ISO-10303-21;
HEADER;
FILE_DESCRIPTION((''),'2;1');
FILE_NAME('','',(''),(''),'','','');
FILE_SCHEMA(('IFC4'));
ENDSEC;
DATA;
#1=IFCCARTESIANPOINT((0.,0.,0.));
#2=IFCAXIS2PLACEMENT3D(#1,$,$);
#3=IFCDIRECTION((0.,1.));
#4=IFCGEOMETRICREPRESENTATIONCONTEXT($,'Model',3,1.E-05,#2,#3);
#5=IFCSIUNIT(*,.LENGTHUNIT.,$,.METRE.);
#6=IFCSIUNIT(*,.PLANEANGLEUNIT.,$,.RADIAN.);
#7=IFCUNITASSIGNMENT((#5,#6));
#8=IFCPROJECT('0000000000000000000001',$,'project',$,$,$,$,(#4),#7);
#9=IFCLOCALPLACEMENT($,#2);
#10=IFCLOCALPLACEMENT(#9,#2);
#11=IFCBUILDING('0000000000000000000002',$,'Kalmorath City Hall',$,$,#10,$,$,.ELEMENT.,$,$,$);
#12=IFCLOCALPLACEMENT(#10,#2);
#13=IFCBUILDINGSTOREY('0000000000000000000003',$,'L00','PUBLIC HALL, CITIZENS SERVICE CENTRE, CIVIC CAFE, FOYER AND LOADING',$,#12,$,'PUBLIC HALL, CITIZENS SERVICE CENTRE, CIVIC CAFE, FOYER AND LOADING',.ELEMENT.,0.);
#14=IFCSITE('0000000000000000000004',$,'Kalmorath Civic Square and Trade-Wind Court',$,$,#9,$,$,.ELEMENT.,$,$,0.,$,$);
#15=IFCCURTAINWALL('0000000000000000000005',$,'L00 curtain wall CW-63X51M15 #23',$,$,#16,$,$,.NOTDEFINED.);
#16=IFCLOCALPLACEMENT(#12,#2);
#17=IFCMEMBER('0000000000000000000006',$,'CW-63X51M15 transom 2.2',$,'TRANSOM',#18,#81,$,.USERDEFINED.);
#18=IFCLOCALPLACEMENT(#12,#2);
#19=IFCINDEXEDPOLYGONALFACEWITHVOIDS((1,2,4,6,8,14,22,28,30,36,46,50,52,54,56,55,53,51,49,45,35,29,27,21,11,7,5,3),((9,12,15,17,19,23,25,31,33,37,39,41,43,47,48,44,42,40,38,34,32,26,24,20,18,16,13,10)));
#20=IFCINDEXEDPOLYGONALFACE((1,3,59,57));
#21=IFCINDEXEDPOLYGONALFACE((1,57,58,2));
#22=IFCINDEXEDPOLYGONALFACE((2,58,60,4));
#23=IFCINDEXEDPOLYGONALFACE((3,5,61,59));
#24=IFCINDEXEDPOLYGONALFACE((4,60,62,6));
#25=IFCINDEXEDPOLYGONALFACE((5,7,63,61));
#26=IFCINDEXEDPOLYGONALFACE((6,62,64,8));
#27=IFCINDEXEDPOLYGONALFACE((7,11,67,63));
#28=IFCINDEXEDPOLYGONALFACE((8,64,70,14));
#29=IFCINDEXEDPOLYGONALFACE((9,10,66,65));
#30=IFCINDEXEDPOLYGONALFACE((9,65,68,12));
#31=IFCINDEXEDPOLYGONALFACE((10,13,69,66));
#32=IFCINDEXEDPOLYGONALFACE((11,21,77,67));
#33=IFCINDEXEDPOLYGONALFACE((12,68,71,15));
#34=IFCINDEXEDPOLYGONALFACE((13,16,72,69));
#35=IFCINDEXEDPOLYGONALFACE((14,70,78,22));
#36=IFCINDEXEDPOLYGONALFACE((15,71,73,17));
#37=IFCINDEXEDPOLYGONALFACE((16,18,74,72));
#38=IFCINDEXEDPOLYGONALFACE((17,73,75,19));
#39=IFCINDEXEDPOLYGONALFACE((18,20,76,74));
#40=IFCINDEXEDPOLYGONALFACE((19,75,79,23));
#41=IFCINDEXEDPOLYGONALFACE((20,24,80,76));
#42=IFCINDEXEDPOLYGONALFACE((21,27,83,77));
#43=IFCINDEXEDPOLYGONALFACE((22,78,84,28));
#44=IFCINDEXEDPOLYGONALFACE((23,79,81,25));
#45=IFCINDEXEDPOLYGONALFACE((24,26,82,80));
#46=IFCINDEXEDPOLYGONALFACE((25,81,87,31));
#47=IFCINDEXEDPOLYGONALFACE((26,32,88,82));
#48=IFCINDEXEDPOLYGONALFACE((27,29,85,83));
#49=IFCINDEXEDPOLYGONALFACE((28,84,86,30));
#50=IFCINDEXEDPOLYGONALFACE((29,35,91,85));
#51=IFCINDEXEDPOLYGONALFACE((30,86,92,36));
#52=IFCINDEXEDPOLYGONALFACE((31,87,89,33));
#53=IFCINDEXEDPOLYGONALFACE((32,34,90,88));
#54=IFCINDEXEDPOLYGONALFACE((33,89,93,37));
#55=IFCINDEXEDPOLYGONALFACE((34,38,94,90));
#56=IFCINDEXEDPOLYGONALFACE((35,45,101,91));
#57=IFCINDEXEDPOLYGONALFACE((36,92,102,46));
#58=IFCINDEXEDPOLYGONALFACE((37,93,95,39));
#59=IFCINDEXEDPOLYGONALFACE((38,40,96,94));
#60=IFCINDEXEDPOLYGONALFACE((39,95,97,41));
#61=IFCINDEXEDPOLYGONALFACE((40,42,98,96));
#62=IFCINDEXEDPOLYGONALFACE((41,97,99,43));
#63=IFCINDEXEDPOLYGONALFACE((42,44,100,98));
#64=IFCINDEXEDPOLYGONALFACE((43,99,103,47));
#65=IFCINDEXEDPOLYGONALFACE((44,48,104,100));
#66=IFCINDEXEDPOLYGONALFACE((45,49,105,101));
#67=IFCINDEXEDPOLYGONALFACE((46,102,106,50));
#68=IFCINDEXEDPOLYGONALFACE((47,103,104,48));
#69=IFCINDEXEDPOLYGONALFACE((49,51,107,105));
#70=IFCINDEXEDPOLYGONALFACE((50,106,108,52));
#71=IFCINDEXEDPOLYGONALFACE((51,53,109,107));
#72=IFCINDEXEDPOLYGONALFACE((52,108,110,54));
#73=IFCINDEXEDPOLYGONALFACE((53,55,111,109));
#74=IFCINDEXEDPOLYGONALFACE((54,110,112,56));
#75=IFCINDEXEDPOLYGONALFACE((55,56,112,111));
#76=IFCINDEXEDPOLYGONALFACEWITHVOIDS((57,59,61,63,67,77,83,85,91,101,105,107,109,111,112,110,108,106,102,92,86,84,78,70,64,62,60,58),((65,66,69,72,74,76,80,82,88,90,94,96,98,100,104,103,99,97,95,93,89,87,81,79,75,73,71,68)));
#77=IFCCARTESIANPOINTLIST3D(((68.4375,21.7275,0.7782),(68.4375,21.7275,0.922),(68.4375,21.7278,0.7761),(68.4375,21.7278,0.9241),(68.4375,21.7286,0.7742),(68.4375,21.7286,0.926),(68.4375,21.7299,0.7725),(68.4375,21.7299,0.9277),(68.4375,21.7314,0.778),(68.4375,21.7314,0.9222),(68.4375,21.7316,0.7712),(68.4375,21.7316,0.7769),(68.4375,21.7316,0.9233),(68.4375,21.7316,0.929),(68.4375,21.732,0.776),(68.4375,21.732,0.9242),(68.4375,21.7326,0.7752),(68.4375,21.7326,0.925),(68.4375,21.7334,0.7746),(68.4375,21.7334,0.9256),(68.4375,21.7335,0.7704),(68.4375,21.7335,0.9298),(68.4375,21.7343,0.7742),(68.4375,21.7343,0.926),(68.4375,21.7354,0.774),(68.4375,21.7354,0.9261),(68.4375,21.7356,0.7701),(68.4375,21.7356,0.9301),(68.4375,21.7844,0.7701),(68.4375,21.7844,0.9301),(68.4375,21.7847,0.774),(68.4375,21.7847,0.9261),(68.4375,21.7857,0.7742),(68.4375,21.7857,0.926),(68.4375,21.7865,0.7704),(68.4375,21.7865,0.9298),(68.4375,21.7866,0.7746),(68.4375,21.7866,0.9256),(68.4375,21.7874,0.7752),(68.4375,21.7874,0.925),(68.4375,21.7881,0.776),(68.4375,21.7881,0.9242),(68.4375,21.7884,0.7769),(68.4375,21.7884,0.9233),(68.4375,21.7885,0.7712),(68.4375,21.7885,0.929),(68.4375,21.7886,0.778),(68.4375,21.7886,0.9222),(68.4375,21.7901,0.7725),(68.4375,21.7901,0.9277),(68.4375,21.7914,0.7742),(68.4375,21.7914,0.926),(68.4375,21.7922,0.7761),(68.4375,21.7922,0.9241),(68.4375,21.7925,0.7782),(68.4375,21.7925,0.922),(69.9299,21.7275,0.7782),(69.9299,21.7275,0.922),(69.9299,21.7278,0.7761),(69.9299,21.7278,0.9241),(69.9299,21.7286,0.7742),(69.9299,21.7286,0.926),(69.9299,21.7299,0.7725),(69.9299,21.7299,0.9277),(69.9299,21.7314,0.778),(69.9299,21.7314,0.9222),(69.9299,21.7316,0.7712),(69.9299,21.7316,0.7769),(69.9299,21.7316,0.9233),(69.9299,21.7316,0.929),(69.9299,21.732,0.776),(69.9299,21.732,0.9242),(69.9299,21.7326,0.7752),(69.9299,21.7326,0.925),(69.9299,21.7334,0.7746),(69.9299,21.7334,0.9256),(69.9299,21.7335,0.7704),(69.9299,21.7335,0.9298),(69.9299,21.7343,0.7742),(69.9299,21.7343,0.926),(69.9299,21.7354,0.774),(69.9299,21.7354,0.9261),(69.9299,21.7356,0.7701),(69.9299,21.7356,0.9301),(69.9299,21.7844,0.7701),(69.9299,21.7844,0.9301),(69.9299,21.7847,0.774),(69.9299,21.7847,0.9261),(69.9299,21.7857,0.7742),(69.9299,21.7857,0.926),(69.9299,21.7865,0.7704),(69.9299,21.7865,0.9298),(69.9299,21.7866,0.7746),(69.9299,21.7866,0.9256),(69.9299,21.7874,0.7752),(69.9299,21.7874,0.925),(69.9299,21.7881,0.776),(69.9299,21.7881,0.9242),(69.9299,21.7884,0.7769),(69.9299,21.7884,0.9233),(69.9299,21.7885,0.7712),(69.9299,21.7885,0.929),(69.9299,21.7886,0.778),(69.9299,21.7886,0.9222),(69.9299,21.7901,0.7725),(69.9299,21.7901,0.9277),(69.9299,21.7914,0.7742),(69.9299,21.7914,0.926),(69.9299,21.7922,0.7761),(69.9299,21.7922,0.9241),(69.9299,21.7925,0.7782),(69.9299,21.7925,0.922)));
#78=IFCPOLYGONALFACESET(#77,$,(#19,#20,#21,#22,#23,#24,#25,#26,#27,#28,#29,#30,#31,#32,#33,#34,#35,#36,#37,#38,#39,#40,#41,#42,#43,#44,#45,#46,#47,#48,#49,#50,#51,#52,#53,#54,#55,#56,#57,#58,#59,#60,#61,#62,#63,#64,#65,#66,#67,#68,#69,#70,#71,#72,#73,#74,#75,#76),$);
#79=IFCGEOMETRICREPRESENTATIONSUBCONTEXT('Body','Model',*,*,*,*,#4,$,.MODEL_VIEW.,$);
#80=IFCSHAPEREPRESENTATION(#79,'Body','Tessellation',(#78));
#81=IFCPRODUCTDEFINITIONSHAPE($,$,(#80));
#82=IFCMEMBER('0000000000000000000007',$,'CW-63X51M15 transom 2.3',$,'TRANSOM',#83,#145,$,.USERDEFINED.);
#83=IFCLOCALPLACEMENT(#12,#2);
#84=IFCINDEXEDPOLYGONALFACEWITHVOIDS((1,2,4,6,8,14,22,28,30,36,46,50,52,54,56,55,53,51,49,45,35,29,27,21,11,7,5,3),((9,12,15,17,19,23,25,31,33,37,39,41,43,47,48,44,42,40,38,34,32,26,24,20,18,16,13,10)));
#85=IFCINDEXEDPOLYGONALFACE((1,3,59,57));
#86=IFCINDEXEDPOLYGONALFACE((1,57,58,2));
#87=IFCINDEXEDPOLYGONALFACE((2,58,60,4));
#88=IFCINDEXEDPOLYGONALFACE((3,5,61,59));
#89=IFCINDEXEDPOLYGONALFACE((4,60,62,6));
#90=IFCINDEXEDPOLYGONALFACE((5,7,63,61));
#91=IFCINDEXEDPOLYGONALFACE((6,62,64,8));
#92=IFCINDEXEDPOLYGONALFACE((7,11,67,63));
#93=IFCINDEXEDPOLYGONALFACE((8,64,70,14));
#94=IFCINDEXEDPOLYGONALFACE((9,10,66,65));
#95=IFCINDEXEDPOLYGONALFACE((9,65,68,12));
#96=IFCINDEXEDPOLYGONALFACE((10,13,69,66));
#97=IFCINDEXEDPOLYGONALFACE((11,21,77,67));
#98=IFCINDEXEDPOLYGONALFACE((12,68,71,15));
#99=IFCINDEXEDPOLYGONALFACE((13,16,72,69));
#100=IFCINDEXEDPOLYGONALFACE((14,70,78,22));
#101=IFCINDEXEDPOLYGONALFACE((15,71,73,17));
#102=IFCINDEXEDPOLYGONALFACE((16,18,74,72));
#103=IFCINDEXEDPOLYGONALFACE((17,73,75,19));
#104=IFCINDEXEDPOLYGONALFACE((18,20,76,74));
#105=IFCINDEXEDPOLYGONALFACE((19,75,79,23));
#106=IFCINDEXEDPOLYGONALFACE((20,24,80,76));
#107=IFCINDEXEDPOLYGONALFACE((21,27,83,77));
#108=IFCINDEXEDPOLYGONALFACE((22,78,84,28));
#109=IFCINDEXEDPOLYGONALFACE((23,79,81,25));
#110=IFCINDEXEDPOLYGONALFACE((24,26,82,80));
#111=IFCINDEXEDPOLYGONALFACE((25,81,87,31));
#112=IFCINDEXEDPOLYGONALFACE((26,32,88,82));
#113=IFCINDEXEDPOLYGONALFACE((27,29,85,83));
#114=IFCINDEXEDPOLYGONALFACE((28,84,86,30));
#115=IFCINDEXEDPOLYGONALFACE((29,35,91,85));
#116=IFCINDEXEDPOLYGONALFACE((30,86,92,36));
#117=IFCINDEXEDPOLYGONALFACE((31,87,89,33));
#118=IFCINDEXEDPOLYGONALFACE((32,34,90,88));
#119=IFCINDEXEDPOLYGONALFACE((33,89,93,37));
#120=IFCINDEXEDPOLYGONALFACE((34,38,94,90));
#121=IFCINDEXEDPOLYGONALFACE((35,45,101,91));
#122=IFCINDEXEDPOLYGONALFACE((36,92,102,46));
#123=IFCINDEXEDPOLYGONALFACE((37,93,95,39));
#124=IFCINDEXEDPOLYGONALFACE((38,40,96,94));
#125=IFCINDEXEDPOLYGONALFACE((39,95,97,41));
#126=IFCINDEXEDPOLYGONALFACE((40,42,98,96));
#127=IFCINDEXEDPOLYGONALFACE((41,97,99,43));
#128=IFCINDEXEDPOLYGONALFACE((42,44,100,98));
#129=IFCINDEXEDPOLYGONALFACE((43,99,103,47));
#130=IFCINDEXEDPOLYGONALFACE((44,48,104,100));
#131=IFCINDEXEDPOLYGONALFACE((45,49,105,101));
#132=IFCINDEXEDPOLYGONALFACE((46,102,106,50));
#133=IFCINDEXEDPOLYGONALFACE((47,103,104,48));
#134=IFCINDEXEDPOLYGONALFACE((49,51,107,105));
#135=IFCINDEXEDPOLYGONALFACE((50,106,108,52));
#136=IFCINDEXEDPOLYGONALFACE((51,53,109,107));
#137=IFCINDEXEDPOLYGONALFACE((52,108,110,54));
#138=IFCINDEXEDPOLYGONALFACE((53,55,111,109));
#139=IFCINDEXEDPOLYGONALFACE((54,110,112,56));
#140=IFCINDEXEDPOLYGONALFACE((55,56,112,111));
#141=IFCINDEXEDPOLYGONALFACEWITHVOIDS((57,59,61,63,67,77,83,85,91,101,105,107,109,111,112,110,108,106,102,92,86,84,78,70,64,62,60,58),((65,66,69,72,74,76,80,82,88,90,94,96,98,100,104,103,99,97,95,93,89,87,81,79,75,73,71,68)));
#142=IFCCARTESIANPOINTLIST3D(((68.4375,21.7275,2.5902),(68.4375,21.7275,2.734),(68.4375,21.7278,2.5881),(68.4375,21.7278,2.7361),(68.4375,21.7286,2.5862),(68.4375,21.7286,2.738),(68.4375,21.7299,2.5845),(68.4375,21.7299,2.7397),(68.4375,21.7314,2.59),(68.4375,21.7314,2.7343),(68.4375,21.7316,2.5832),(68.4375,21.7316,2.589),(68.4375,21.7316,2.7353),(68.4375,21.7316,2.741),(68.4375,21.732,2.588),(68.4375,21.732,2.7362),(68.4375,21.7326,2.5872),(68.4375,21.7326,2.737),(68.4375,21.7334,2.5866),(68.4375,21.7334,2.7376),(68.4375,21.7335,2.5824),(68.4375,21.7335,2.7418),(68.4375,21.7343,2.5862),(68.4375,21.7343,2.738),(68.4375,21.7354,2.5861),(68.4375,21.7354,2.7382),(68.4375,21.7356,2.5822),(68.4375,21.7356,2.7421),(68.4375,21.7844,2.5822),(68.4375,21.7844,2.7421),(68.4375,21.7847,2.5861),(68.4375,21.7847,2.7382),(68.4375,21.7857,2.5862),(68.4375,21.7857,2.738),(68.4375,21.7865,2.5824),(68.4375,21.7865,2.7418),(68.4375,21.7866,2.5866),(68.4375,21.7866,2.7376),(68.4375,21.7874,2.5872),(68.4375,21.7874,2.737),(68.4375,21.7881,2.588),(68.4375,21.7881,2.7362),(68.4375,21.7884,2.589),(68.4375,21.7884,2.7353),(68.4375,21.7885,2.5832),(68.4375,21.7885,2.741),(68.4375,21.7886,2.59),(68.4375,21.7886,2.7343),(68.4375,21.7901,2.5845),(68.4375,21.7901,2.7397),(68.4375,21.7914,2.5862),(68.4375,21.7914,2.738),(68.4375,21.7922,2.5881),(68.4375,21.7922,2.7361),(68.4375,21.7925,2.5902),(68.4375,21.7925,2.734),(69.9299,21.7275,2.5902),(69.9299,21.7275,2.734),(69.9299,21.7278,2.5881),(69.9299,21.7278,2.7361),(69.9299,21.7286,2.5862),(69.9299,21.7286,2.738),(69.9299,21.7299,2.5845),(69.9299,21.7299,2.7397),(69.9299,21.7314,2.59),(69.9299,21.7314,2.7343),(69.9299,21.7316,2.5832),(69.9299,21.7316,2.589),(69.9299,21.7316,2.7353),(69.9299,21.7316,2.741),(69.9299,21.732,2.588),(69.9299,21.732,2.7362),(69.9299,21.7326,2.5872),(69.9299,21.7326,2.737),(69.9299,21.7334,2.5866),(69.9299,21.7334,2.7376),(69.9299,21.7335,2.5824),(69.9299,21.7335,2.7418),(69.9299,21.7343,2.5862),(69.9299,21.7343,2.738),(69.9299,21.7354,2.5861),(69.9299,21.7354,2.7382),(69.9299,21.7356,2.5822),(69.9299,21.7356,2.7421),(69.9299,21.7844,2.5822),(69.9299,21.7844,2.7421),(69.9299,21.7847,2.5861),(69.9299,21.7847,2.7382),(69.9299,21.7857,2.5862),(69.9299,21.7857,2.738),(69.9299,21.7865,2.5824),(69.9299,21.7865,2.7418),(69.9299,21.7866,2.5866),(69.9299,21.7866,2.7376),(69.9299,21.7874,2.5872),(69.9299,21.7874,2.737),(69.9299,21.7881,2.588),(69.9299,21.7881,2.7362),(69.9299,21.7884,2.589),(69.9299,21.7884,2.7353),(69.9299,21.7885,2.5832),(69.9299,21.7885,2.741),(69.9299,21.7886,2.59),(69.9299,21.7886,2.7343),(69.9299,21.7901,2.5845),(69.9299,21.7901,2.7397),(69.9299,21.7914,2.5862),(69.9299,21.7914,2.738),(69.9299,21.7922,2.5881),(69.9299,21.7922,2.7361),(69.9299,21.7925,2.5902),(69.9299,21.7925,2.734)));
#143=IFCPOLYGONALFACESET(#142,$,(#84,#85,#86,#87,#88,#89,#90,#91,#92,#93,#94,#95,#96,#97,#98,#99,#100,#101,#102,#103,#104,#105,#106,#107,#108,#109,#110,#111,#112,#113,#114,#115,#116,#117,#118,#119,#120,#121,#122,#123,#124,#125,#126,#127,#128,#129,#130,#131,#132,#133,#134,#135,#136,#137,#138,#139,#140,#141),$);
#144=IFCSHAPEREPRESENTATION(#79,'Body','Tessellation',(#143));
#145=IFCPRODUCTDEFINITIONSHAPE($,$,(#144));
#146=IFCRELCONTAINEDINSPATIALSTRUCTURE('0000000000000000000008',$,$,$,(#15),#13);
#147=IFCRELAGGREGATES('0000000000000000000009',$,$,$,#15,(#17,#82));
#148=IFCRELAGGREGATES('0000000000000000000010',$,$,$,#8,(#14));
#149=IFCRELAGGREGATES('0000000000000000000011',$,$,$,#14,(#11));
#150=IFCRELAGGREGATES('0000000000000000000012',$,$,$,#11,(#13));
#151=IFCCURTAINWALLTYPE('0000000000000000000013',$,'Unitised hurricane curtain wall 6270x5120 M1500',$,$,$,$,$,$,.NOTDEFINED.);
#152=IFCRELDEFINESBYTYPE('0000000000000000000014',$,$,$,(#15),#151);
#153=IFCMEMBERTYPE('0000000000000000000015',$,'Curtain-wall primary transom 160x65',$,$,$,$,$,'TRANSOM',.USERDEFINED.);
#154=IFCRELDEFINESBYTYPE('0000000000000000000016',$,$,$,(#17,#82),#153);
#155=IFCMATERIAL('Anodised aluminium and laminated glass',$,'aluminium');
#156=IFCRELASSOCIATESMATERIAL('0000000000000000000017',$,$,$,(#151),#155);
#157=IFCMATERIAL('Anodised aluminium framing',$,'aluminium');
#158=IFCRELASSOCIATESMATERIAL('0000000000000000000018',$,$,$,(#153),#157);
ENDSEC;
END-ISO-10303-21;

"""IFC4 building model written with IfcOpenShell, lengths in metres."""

from ifc_helpers import new_model, si_unit, direction, frame, origin, origin_2d, place, context, subcontext, project, spatial, hollow_rectangle, extrude, material, material_profile, profile_set, type_object, element, aggregate, save


model = new_model("IFC4")

# Units and contexts
model_context = context("Model", 3, precision=1e-05, world=origin(), true_north=direction((0.0, 1.0)))
body_context = subcontext(model_context, "Body", "Model", "MODEL_VIEW")
ifc_project = project(units=[si_unit("LENGTHUNIT", "METRE"), si_unit("PLANEANGLEUNIT", "RADIAN")], contexts=[model_context])

# Site, building, storey
site_placement = place(None, origin())
site = spatial("IfcSite", under=ifc_project, at=site_placement, Name="Kalmorath Civic Square and Trade-Wind Court", CompositionType="ELEMENT", RefElevation=0.0)
building_placement = place(site_placement, origin())
building = spatial("IfcBuilding", under=site, at=building_placement, Name="Kalmorath City Hall", CompositionType="ELEMENT")
storey_placement = place(building_placement, origin())
storey = spatial("IfcBuildingStorey", under=building, at=storey_placement, Name="L00", Description="PUBLIC HALL, CITIZENS SERVICE CENTRE, CIVIC CAFE, FOYER AND LOADING", LongName="PUBLIC HALL, CITIZENS SERVICE CENTRE, CIVIC CAFE, FOYER AND LOADING", CompositionType="ELEMENT", Elevation=0.0)

# Curtain wall
ifc_material_1 = material(Name="Anodised aluminium and laminated glass", Category="aluminium")
curtain_wall_type_1 = type_object("IfcCurtainWallType", Name="Unitised hurricane curtain wall 6270x5120 M1500", PredefinedType="NOTDEFINED", material=ifc_material_1)
curtain_wall_1_placement = place(storey_placement, origin())
curtain_wall_1 = element("IfcCurtainWall", 1, at=curtain_wall_1_placement, inside=storey, type_object=curtain_wall_type_1, Name="L00 curtain wall CW-63X51M15 #23", PredefinedType="NOTDEFINED")

# Members
ifc_material_2 = material(Name="Anodised aluminium framing", Category="aluminium")
ifc_material_profile_1 = material_profile(ifc_material_2, hollow_rectangle(XDim=0.0649, YDim=0.1599, WallThickness=0.0039, InnerFilletRadius=0.0039, OuterFilletRadius=0.0081, at=origin_2d()), Name="ALU-TRN-160X65X4")
ifc_profile_set_1 = profile_set([ifc_material_profile_1], Name="Anodised aluminium framing")
member_type_1 = type_object("IfcMemberType", Name="Curtain-wall primary transom 160x65", ElementType="TRANSOM", PredefinedType="USERDEFINED", material=ifc_profile_set_1)
member_1_placement = place(storey_placement, frame((69.9299, 21.76, 0.8501), z_axis=(-1.0, 0.0, 0.0), x_axis=(0.0, -1.0, 0.0)))
member_1 = element("IfcMember", 2, at=member_1_placement, type_object=member_type_1, Name="CW-63X51M15 transom 2.2", ObjectType="TRANSOM", PredefinedType="USERDEFINED", context=body_context, shape_type="SweptSolid", body=[
    extrude(hollow_rectangle(XDim=0.0649, YDim=0.1599, WallThickness=0.0039, InnerFilletRadius=0.0039, OuterFilletRadius=0.0081, at=origin_2d()), origin(), (0.0, 0.0, 1.0), 1.4924),
])
member_2_placement = place(storey_placement, frame((69.9299, 21.76, 2.6621), z_axis=(-1.0, 0.0, 0.0), x_axis=(0.0, -1.0, 0.0)))
member_2 = element("IfcMember", 3, at=member_2_placement, type_object=member_type_1, Name="CW-63X51M15 transom 2.3", ObjectType="TRANSOM", PredefinedType="USERDEFINED", context=body_context, shape_type="SweptSolid", body=[
    extrude(hollow_rectangle(XDim=0.0649, YDim=0.1599, WallThickness=0.0039, InnerFilletRadius=0.0039, OuterFilletRadius=0.0081, at=origin_2d()), origin(), (0.0, 0.0, 1.0), 1.4924),
])

aggregate(curtain_wall_1, [member_1, member_2])

save(model, "model.ifc")
